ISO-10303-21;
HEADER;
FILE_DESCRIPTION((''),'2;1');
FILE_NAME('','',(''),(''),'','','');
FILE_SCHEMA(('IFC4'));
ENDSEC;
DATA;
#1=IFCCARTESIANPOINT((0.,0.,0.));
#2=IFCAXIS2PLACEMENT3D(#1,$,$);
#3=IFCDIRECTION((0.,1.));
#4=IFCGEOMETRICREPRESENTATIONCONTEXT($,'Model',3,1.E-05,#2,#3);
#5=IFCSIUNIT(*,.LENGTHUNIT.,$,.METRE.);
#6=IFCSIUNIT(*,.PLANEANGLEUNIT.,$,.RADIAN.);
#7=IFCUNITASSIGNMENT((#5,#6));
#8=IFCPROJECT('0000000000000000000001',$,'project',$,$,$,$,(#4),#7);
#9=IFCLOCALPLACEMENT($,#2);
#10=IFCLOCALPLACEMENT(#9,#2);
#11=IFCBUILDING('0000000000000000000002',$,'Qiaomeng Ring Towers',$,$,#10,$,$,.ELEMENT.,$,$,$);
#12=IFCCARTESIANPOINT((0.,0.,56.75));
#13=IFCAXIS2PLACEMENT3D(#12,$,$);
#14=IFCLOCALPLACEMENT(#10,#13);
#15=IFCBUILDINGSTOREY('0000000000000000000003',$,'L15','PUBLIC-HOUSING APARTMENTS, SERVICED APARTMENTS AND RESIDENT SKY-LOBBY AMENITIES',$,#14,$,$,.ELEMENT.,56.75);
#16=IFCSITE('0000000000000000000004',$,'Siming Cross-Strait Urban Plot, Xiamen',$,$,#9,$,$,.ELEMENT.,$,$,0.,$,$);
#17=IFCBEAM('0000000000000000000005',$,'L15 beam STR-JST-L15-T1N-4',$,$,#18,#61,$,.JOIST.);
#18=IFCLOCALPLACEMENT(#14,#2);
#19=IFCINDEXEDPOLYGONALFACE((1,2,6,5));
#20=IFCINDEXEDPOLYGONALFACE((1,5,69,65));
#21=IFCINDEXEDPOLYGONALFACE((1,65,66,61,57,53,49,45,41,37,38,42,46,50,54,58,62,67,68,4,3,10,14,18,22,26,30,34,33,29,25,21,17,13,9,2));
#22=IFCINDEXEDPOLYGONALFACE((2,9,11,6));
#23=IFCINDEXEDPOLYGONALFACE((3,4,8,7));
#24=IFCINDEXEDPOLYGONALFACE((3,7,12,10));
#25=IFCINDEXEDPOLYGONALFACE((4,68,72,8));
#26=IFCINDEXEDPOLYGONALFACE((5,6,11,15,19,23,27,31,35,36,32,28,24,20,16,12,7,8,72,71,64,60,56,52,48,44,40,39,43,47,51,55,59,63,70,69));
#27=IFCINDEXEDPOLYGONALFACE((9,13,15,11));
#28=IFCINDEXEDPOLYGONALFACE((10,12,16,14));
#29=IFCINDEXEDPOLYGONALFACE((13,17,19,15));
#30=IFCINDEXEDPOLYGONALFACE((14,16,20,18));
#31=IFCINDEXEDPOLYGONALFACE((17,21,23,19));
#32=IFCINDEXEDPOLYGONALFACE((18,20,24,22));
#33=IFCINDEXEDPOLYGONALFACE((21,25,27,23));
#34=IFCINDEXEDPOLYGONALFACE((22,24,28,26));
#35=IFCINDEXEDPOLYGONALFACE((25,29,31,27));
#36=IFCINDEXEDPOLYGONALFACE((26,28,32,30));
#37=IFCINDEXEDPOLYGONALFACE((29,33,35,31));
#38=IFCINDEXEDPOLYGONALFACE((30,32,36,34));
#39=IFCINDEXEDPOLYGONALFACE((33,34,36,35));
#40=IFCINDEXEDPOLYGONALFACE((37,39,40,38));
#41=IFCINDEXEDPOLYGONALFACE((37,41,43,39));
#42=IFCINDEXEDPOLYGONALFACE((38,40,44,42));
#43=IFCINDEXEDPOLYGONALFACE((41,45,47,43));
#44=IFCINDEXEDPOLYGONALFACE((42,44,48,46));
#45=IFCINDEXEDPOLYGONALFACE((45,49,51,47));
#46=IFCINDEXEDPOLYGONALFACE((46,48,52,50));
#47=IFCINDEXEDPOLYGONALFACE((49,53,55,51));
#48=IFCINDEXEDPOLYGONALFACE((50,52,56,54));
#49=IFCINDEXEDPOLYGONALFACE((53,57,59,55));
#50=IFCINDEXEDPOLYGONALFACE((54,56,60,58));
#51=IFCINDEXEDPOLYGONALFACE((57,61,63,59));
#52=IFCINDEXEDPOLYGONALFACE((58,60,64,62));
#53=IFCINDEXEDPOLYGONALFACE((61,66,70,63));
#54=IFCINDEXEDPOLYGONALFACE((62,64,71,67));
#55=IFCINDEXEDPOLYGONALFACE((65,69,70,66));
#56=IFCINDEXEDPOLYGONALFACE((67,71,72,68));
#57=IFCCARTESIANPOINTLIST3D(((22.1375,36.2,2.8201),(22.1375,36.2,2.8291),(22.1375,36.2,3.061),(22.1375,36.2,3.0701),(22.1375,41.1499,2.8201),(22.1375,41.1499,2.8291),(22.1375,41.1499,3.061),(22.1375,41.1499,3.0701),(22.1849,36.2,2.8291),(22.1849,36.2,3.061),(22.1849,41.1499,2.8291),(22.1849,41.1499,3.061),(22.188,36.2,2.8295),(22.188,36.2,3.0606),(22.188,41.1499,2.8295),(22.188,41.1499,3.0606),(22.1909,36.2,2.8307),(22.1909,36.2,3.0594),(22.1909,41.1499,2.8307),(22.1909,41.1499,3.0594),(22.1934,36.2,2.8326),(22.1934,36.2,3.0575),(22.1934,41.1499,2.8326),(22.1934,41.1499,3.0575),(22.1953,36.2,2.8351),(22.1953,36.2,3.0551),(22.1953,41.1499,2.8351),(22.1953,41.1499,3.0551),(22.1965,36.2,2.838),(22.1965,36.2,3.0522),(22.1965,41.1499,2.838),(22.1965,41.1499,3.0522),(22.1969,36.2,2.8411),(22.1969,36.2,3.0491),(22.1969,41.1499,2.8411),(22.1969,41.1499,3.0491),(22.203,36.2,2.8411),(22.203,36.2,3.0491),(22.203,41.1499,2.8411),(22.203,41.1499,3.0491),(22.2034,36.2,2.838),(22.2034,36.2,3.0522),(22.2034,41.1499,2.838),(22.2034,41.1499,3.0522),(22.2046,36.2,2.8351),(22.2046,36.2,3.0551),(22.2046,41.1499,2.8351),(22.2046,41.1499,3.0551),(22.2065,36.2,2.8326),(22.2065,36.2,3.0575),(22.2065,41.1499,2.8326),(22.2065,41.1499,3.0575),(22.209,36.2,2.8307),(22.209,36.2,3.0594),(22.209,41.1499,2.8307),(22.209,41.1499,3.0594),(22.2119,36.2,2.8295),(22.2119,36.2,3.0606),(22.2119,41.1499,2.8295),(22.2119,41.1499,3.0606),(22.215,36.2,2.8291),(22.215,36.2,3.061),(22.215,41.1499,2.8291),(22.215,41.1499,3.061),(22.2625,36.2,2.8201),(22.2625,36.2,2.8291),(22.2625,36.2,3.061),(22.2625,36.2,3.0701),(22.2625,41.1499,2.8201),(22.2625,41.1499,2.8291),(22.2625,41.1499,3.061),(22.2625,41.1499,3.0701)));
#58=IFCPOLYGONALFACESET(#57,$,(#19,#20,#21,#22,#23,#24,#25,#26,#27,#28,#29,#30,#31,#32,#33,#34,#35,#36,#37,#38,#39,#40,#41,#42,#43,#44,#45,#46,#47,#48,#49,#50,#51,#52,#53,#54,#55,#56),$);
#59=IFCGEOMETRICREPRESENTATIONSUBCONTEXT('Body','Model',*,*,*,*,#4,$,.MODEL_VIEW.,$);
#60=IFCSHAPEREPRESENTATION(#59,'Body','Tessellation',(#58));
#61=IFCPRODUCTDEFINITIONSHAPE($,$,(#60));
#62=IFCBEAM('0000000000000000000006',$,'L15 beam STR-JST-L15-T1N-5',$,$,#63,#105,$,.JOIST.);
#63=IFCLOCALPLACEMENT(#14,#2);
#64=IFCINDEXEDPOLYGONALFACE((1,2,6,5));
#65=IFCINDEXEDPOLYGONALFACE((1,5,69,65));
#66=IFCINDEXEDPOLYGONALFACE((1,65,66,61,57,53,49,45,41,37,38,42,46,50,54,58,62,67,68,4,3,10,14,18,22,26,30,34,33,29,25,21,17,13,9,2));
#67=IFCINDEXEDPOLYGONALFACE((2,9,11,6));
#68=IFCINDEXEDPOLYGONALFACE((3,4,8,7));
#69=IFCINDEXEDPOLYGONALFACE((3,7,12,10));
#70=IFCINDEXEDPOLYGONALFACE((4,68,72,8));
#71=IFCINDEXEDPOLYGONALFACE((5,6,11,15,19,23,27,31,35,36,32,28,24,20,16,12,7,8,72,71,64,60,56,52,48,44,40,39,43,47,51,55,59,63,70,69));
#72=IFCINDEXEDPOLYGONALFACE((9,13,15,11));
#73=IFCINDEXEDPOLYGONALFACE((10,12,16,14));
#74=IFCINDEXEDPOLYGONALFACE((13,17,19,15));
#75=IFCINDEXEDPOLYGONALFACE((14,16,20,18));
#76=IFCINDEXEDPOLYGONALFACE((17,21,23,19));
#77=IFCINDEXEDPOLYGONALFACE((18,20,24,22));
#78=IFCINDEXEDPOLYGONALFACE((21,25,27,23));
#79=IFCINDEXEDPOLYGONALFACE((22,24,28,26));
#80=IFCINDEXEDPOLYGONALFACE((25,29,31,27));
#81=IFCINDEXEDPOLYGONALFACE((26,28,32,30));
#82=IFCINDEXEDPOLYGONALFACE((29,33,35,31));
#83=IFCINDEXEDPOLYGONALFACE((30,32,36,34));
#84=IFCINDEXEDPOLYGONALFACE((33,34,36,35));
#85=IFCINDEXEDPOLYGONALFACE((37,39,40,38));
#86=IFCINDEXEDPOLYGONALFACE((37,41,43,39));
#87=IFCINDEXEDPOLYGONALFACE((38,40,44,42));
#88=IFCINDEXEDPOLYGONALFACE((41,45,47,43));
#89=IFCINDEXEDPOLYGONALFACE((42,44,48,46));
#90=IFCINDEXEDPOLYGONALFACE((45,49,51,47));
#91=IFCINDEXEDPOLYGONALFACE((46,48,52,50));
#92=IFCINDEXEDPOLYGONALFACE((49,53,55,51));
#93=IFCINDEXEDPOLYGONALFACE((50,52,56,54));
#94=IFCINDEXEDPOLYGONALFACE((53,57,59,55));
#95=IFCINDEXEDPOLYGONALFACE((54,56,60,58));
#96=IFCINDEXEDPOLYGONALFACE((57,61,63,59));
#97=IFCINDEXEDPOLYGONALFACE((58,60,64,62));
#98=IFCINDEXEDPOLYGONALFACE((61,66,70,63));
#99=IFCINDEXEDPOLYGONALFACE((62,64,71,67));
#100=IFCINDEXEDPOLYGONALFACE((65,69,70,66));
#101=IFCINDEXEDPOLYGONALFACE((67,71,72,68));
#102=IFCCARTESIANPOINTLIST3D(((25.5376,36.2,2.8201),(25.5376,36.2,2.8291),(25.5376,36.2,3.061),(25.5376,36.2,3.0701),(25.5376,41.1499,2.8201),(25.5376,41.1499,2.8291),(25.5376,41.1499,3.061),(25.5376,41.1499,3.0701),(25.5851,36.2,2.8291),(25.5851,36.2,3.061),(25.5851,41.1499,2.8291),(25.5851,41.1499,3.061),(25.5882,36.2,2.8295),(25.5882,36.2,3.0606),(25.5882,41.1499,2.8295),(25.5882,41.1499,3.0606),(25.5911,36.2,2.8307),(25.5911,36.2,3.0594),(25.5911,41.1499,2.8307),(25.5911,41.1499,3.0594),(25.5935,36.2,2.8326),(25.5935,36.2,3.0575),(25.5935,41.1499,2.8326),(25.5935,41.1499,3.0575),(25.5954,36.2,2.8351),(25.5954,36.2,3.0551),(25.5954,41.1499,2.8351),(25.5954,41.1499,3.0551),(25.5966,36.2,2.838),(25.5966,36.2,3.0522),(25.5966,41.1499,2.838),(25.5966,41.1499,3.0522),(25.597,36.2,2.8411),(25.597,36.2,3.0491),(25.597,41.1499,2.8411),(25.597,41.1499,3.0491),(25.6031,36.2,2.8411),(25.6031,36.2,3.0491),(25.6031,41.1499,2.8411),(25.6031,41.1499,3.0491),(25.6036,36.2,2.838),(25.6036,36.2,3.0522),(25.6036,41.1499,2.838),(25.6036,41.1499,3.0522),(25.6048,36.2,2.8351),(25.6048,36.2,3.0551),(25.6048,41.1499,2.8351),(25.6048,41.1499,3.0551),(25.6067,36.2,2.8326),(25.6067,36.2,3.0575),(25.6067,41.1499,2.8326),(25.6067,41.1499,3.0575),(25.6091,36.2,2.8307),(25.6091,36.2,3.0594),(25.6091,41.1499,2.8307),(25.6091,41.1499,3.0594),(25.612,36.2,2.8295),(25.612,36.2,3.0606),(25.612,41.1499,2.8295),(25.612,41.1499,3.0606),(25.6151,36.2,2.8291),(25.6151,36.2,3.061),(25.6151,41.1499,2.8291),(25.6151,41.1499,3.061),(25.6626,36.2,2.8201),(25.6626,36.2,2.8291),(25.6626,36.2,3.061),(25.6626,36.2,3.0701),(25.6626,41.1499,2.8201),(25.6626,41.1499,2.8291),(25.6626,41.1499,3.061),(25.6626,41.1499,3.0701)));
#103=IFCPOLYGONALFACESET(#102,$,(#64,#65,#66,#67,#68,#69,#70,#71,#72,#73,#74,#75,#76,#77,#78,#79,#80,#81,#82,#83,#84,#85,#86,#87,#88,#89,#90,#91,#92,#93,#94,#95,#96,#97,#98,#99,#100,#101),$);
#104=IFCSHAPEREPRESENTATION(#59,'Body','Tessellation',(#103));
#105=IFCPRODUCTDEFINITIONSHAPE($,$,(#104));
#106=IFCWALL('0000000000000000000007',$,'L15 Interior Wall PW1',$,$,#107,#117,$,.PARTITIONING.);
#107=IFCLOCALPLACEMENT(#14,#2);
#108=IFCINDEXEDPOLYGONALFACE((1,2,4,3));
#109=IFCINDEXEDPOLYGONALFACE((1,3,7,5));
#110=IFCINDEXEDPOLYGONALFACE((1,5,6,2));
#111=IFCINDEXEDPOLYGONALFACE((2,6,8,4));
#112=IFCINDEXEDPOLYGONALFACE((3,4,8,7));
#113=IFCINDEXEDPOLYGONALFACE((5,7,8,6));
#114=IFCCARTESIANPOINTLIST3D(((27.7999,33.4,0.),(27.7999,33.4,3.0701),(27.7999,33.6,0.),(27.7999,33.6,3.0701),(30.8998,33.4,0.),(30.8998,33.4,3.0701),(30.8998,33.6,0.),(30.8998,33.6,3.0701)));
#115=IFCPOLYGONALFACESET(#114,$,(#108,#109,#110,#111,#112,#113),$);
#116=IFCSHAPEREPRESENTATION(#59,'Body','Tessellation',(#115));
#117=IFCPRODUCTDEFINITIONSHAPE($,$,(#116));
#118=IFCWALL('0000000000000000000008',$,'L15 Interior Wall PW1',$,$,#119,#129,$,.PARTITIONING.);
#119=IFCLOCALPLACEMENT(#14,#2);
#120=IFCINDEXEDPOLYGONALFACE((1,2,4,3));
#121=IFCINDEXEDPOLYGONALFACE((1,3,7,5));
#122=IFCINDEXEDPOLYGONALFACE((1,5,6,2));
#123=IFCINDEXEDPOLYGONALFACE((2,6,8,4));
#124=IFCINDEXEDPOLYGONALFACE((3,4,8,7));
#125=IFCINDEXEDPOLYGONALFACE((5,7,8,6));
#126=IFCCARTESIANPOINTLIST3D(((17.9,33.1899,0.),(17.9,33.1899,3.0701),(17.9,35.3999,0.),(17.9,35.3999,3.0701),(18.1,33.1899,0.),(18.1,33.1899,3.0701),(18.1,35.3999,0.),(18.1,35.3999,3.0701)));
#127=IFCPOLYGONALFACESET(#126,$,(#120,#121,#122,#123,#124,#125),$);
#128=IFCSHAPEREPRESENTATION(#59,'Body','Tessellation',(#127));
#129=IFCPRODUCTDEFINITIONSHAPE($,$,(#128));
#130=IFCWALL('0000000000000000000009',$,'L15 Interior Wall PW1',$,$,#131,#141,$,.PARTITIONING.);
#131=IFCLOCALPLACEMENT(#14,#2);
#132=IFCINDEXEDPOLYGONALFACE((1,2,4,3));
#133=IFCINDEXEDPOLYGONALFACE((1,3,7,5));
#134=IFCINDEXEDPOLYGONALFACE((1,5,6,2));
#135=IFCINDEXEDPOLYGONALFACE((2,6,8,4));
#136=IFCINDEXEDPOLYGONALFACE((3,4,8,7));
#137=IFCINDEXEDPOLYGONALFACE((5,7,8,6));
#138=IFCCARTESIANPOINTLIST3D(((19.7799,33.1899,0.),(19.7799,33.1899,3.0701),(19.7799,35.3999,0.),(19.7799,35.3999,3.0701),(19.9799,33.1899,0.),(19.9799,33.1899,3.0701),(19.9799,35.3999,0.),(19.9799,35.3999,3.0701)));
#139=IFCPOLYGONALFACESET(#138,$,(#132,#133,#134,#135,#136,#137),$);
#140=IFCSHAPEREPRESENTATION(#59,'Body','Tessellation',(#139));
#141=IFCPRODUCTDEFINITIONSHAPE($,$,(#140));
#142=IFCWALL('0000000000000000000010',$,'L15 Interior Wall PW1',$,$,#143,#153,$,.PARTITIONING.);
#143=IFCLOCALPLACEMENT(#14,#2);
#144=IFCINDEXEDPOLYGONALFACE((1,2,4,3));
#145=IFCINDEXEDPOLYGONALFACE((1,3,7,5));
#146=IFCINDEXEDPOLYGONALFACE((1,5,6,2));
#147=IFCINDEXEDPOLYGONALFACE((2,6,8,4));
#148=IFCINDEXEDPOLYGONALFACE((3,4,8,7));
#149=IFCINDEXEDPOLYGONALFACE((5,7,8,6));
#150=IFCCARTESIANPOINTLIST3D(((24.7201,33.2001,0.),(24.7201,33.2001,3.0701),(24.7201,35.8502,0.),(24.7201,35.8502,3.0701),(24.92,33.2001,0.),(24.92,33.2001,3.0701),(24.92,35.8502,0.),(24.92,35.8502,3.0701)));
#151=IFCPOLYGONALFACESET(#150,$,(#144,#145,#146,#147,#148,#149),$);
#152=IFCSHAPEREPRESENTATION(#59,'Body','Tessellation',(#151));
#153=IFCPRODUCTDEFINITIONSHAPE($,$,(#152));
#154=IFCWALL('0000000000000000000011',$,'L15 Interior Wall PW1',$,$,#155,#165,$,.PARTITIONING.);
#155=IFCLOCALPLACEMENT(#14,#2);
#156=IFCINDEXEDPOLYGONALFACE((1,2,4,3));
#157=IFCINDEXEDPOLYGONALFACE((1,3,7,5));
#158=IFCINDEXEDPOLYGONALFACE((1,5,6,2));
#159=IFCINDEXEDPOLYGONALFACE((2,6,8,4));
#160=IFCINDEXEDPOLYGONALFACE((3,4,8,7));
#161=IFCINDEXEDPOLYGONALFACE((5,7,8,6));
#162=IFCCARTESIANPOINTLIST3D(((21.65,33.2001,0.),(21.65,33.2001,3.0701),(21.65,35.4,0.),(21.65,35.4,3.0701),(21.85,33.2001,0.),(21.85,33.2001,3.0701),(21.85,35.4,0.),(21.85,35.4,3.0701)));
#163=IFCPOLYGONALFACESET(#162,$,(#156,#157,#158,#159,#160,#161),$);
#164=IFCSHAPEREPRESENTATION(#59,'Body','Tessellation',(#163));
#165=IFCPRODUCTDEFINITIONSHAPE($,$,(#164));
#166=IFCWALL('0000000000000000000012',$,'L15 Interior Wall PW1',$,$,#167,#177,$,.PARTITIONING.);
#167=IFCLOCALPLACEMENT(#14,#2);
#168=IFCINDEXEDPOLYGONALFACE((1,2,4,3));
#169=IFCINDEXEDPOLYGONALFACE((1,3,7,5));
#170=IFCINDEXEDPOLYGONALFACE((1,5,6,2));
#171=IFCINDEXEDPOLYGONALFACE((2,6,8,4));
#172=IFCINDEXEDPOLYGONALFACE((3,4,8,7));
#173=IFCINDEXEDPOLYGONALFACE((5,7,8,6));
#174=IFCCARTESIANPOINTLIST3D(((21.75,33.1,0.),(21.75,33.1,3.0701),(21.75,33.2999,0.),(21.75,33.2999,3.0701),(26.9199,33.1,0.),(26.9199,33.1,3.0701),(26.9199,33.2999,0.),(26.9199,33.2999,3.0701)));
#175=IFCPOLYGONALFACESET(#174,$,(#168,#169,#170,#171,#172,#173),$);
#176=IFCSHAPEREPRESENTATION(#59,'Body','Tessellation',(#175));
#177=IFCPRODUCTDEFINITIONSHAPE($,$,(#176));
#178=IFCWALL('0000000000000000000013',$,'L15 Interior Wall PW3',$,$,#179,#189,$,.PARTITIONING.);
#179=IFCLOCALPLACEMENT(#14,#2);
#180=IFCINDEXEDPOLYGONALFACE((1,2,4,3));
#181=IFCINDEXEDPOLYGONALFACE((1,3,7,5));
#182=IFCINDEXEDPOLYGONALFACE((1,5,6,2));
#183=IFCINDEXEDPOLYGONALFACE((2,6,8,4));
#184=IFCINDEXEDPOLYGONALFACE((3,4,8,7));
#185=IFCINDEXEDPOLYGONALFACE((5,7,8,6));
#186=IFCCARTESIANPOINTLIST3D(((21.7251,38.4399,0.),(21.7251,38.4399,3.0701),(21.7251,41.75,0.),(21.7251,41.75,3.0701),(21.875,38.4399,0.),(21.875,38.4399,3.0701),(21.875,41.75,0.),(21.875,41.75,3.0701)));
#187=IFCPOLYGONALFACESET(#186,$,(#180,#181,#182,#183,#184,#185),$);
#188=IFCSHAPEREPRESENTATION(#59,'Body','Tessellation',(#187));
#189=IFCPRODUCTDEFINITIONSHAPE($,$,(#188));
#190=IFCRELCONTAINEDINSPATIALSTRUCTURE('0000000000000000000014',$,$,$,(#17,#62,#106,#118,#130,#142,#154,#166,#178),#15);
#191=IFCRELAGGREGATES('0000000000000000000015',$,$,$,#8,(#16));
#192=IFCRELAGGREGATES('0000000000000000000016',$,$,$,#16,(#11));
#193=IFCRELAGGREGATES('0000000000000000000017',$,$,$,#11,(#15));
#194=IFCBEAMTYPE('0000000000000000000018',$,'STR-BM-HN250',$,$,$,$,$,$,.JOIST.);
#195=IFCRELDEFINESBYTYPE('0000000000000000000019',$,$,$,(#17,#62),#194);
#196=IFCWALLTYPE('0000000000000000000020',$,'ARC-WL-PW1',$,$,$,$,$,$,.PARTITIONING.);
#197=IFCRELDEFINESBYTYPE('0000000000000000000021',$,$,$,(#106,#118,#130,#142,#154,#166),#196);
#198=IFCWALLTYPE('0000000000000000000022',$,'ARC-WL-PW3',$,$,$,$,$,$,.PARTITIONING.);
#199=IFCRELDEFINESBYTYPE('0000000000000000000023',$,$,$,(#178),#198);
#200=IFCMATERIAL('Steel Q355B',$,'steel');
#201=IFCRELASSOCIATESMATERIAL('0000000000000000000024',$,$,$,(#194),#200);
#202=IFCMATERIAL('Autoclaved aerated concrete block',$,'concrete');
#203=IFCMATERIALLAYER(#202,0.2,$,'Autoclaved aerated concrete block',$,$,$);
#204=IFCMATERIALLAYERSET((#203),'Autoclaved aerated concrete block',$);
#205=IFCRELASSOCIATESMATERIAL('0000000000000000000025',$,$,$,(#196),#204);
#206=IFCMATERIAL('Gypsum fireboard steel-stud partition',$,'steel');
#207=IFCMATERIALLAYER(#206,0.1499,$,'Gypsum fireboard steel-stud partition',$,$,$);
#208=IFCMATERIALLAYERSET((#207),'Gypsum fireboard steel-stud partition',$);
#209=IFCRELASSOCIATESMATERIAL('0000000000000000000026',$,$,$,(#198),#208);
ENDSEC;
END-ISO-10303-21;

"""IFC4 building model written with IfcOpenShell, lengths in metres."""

from ifc_helpers import new_model, si_unit, direction, frame, frame_2d, origin, origin_2d, place, context, subcontext, project, spatial, rectangle, i_section, extrude, source, transform, mapped, material, layer, layer_set, material_profile, profile_set, type_object, element, save


model = new_model("IFC4")

# Units and contexts
model_context = context("Model", 3, precision=1e-05, world=origin(), true_north=direction((0.0, 1.0)))
body_context = subcontext(model_context, "Body", "Model", "MODEL_VIEW")
ifc_project = project(units=[si_unit("LENGTHUNIT", "METRE"), si_unit("PLANEANGLEUNIT", "RADIAN")], contexts=[model_context])

# Site, building, storey
site_placement = place(None, origin())
site = spatial("IfcSite", under=ifc_project, at=site_placement, Name="Siming Cross-Strait Urban Plot, Xiamen", CompositionType="ELEMENT", RefElevation=0.0)
building_placement = place(site_placement, origin())
building = spatial("IfcBuilding", under=site, at=building_placement, Name="Qiaomeng Ring Towers", CompositionType="ELEMENT")
storey_placement = place(building_placement, frame((0.0, 0.0, 56.75)))
storey = spatial("IfcBuildingStorey", under=building, at=storey_placement, Name="L15", Description="PUBLIC-HOUSING APARTMENTS, SERVICED APARTMENTS AND RESIDENT SKY-LOBBY AMENITIES", CompositionType="ELEMENT", Elevation=56.75)

# Beams
ifc_material_1 = material(Name="Steel Q355B", Category="steel")
ifc_material_profile_1 = material_profile(ifc_material_1, i_section(OverallWidth=0.125, OverallDepth=0.25, WebThickness=0.0061, FlangeThickness=0.009, FilletRadius=0.012, at=origin_2d()), Name="HN 250x125x6x9")
ifc_profile_set_1 = profile_set([ifc_material_profile_1], Name="Steel Q355B")
beam_type_1 = type_object("IfcBeamType", Name="STR-BM-HN250", PredefinedType="JOIST", material=ifc_profile_set_1)
shared_shape_1 = source(origin(), body_context, "Body", "SweptSolid", [
    extrude(i_section(OverallWidth=0.125, OverallDepth=0.25, WebThickness=0.0061, FlangeThickness=0.009, FilletRadius=0.012, at=origin_2d()), origin(), (0.0, 0.0, 1.0), 4.95),
])
for number, where, z_axis, x_axis, name in (
    (1, (22.2, 36.2, 2.9451), (0.0, 1.0, 0.0), (-1.0, 0.0, 0.0), "L15 beam STR-JST-L15-T1N-4"),
    (2, (25.6001, 36.2, 2.9451), (0.0, 1.0, 0.0), (-1.0, 0.0, 0.0), "L15 beam STR-JST-L15-T1N-5"),
):
    element("IfcBeam", number, at=place(storey_placement, frame(where, z_axis=z_axis, x_axis=x_axis)), inside=storey, type_object=beam_type_1, Name=name, PredefinedType="JOIST", context=body_context, shape_type="MappedRepresentation", body=[
        mapped(shared_shape_1, transform((0.0, 0.0, 0.0), x_axis=(1.0, 0.0, 0.0), y_axis=(0.0, 1.0, 0.0), z_axis=(0.0, 0.0, 1.0), scale=1.0)),
    ])

# Walls
ifc_material_2 = material(Name="Autoclaved aerated concrete block", Category="concrete")
ifc_layer_1 = layer(ifc_material_2, 0.2, Name="Autoclaved aerated concrete block")
ifc_layer_set_1 = layer_set([ifc_layer_1], Name="Autoclaved aerated concrete block")
wall_type_1 = type_object("IfcWallType", Name="ARC-WL-PW1", PredefinedType="PARTITIONING", material=ifc_layer_set_1)
wall_1_placement = place(storey_placement, frame((27.8, 33.5, 0.0), z_axis=(0.0, 0.0, 1.0), x_axis=(1.0, 0.0, 0.0)))
element("IfcWall", 3, at=wall_1_placement, inside=storey, type_object=wall_type_1, Name="L15 Interior Wall PW1", PredefinedType="PARTITIONING", context=body_context, shape_type="SweptSolid", body=[
    extrude(rectangle(XDim=3.0999, YDim=0.2, at=frame_2d((1.5498, 0.0))), origin(), (0.0, 0.0, 1.0), 3.0701),
])
for number, where, z_axis, x_axis, name in (
    (4, (18.0, 33.1899, 0.0), (0.0, 0.0, 1.0), (0.0, 1.0, 0.0), "L15 Interior Wall PW1"),
    (5, (19.8799, 33.1899, 0.0), (0.0, 0.0, 1.0), (0.0, 1.0, 0.0), "L15 Interior Wall PW1"),
):
    element("IfcWall", number, at=place(storey_placement, frame(where, z_axis=z_axis, x_axis=x_axis)), inside=storey, type_object=wall_type_1, Name=name, PredefinedType="PARTITIONING", context=body_context, shape_type="SweptSolid", body=[
        extrude(rectangle(XDim=2.21, YDim=0.2, at=frame_2d((1.105, 0.0))), origin(), (0.0, 0.0, 1.0), 3.0701),
    ])
wall_2_placement = place(storey_placement, frame((24.8201, 33.2, 0.0), z_axis=(0.0, 0.0, 1.0), x_axis=(0.0, 1.0, 0.0)))
element("IfcWall", 6, at=wall_2_placement, inside=storey, type_object=wall_type_1, Name="L15 Interior Wall PW1", PredefinedType="PARTITIONING", context=body_context, shape_type="SweptSolid", body=[
    extrude(rectangle(XDim=2.6501, YDim=0.2, at=frame_2d((1.3252, 0.0))), origin(), (0.0, 0.0, 1.0), 3.0701),
])
wall_3_placement = place(storey_placement, frame((21.75, 33.2, 0.0), z_axis=(0.0, 0.0, 1.0), x_axis=(0.0, 1.0, 0.0)))
element("IfcWall", 7, at=wall_3_placement, inside=storey, type_object=wall_type_1, Name="L15 Interior Wall PW1", PredefinedType="PARTITIONING", context=body_context, shape_type="SweptSolid", body=[
    extrude(rectangle(XDim=2.2, YDim=0.2, at=frame_2d((1.1001, 0.0))), origin(), (0.0, 0.0, 1.0), 3.0701),
])
wall_4_placement = place(storey_placement, frame((21.75, 33.2, 0.0), z_axis=(0.0, 0.0, 1.0), x_axis=(1.0, 0.0, 0.0)))
element("IfcWall", 8, at=wall_4_placement, inside=storey, type_object=wall_type_1, Name="L15 Interior Wall PW1", PredefinedType="PARTITIONING", context=body_context, shape_type="SweptSolid", body=[
    extrude(rectangle(XDim=5.1699, YDim=0.2, at=frame_2d((2.585, 0.0))), origin(), (0.0, 0.0, 1.0), 3.0701),
])
ifc_material_3 = material(Name="Gypsum fireboard steel-stud partition", Category="steel")
ifc_layer_2 = layer(ifc_material_3, 0.1499, Name="Gypsum fireboard steel-stud partition")
ifc_layer_set_2 = layer_set([ifc_layer_2], Name="Gypsum fireboard steel-stud partition")
wall_type_2 = type_object("IfcWallType", Name="ARC-WL-PW3", PredefinedType="PARTITIONING", material=ifc_layer_set_2)
wall_5_placement = place(storey_placement, frame((21.8, 38.4399, 0.0), z_axis=(0.0, 0.0, 1.0), x_axis=(0.0, 1.0, 0.0)))
element("IfcWall", 9, at=wall_5_placement, inside=storey, type_object=wall_type_2, Name="L15 Interior Wall PW3", PredefinedType="PARTITIONING", context=body_context, shape_type="SweptSolid", body=[
    extrude(rectangle(XDim=3.3101, YDim=0.1499, at=frame_2d((1.655, 0.0))), origin(), (0.0, 0.0, 1.0), 3.0701),
])

save(model, "model.ifc")
